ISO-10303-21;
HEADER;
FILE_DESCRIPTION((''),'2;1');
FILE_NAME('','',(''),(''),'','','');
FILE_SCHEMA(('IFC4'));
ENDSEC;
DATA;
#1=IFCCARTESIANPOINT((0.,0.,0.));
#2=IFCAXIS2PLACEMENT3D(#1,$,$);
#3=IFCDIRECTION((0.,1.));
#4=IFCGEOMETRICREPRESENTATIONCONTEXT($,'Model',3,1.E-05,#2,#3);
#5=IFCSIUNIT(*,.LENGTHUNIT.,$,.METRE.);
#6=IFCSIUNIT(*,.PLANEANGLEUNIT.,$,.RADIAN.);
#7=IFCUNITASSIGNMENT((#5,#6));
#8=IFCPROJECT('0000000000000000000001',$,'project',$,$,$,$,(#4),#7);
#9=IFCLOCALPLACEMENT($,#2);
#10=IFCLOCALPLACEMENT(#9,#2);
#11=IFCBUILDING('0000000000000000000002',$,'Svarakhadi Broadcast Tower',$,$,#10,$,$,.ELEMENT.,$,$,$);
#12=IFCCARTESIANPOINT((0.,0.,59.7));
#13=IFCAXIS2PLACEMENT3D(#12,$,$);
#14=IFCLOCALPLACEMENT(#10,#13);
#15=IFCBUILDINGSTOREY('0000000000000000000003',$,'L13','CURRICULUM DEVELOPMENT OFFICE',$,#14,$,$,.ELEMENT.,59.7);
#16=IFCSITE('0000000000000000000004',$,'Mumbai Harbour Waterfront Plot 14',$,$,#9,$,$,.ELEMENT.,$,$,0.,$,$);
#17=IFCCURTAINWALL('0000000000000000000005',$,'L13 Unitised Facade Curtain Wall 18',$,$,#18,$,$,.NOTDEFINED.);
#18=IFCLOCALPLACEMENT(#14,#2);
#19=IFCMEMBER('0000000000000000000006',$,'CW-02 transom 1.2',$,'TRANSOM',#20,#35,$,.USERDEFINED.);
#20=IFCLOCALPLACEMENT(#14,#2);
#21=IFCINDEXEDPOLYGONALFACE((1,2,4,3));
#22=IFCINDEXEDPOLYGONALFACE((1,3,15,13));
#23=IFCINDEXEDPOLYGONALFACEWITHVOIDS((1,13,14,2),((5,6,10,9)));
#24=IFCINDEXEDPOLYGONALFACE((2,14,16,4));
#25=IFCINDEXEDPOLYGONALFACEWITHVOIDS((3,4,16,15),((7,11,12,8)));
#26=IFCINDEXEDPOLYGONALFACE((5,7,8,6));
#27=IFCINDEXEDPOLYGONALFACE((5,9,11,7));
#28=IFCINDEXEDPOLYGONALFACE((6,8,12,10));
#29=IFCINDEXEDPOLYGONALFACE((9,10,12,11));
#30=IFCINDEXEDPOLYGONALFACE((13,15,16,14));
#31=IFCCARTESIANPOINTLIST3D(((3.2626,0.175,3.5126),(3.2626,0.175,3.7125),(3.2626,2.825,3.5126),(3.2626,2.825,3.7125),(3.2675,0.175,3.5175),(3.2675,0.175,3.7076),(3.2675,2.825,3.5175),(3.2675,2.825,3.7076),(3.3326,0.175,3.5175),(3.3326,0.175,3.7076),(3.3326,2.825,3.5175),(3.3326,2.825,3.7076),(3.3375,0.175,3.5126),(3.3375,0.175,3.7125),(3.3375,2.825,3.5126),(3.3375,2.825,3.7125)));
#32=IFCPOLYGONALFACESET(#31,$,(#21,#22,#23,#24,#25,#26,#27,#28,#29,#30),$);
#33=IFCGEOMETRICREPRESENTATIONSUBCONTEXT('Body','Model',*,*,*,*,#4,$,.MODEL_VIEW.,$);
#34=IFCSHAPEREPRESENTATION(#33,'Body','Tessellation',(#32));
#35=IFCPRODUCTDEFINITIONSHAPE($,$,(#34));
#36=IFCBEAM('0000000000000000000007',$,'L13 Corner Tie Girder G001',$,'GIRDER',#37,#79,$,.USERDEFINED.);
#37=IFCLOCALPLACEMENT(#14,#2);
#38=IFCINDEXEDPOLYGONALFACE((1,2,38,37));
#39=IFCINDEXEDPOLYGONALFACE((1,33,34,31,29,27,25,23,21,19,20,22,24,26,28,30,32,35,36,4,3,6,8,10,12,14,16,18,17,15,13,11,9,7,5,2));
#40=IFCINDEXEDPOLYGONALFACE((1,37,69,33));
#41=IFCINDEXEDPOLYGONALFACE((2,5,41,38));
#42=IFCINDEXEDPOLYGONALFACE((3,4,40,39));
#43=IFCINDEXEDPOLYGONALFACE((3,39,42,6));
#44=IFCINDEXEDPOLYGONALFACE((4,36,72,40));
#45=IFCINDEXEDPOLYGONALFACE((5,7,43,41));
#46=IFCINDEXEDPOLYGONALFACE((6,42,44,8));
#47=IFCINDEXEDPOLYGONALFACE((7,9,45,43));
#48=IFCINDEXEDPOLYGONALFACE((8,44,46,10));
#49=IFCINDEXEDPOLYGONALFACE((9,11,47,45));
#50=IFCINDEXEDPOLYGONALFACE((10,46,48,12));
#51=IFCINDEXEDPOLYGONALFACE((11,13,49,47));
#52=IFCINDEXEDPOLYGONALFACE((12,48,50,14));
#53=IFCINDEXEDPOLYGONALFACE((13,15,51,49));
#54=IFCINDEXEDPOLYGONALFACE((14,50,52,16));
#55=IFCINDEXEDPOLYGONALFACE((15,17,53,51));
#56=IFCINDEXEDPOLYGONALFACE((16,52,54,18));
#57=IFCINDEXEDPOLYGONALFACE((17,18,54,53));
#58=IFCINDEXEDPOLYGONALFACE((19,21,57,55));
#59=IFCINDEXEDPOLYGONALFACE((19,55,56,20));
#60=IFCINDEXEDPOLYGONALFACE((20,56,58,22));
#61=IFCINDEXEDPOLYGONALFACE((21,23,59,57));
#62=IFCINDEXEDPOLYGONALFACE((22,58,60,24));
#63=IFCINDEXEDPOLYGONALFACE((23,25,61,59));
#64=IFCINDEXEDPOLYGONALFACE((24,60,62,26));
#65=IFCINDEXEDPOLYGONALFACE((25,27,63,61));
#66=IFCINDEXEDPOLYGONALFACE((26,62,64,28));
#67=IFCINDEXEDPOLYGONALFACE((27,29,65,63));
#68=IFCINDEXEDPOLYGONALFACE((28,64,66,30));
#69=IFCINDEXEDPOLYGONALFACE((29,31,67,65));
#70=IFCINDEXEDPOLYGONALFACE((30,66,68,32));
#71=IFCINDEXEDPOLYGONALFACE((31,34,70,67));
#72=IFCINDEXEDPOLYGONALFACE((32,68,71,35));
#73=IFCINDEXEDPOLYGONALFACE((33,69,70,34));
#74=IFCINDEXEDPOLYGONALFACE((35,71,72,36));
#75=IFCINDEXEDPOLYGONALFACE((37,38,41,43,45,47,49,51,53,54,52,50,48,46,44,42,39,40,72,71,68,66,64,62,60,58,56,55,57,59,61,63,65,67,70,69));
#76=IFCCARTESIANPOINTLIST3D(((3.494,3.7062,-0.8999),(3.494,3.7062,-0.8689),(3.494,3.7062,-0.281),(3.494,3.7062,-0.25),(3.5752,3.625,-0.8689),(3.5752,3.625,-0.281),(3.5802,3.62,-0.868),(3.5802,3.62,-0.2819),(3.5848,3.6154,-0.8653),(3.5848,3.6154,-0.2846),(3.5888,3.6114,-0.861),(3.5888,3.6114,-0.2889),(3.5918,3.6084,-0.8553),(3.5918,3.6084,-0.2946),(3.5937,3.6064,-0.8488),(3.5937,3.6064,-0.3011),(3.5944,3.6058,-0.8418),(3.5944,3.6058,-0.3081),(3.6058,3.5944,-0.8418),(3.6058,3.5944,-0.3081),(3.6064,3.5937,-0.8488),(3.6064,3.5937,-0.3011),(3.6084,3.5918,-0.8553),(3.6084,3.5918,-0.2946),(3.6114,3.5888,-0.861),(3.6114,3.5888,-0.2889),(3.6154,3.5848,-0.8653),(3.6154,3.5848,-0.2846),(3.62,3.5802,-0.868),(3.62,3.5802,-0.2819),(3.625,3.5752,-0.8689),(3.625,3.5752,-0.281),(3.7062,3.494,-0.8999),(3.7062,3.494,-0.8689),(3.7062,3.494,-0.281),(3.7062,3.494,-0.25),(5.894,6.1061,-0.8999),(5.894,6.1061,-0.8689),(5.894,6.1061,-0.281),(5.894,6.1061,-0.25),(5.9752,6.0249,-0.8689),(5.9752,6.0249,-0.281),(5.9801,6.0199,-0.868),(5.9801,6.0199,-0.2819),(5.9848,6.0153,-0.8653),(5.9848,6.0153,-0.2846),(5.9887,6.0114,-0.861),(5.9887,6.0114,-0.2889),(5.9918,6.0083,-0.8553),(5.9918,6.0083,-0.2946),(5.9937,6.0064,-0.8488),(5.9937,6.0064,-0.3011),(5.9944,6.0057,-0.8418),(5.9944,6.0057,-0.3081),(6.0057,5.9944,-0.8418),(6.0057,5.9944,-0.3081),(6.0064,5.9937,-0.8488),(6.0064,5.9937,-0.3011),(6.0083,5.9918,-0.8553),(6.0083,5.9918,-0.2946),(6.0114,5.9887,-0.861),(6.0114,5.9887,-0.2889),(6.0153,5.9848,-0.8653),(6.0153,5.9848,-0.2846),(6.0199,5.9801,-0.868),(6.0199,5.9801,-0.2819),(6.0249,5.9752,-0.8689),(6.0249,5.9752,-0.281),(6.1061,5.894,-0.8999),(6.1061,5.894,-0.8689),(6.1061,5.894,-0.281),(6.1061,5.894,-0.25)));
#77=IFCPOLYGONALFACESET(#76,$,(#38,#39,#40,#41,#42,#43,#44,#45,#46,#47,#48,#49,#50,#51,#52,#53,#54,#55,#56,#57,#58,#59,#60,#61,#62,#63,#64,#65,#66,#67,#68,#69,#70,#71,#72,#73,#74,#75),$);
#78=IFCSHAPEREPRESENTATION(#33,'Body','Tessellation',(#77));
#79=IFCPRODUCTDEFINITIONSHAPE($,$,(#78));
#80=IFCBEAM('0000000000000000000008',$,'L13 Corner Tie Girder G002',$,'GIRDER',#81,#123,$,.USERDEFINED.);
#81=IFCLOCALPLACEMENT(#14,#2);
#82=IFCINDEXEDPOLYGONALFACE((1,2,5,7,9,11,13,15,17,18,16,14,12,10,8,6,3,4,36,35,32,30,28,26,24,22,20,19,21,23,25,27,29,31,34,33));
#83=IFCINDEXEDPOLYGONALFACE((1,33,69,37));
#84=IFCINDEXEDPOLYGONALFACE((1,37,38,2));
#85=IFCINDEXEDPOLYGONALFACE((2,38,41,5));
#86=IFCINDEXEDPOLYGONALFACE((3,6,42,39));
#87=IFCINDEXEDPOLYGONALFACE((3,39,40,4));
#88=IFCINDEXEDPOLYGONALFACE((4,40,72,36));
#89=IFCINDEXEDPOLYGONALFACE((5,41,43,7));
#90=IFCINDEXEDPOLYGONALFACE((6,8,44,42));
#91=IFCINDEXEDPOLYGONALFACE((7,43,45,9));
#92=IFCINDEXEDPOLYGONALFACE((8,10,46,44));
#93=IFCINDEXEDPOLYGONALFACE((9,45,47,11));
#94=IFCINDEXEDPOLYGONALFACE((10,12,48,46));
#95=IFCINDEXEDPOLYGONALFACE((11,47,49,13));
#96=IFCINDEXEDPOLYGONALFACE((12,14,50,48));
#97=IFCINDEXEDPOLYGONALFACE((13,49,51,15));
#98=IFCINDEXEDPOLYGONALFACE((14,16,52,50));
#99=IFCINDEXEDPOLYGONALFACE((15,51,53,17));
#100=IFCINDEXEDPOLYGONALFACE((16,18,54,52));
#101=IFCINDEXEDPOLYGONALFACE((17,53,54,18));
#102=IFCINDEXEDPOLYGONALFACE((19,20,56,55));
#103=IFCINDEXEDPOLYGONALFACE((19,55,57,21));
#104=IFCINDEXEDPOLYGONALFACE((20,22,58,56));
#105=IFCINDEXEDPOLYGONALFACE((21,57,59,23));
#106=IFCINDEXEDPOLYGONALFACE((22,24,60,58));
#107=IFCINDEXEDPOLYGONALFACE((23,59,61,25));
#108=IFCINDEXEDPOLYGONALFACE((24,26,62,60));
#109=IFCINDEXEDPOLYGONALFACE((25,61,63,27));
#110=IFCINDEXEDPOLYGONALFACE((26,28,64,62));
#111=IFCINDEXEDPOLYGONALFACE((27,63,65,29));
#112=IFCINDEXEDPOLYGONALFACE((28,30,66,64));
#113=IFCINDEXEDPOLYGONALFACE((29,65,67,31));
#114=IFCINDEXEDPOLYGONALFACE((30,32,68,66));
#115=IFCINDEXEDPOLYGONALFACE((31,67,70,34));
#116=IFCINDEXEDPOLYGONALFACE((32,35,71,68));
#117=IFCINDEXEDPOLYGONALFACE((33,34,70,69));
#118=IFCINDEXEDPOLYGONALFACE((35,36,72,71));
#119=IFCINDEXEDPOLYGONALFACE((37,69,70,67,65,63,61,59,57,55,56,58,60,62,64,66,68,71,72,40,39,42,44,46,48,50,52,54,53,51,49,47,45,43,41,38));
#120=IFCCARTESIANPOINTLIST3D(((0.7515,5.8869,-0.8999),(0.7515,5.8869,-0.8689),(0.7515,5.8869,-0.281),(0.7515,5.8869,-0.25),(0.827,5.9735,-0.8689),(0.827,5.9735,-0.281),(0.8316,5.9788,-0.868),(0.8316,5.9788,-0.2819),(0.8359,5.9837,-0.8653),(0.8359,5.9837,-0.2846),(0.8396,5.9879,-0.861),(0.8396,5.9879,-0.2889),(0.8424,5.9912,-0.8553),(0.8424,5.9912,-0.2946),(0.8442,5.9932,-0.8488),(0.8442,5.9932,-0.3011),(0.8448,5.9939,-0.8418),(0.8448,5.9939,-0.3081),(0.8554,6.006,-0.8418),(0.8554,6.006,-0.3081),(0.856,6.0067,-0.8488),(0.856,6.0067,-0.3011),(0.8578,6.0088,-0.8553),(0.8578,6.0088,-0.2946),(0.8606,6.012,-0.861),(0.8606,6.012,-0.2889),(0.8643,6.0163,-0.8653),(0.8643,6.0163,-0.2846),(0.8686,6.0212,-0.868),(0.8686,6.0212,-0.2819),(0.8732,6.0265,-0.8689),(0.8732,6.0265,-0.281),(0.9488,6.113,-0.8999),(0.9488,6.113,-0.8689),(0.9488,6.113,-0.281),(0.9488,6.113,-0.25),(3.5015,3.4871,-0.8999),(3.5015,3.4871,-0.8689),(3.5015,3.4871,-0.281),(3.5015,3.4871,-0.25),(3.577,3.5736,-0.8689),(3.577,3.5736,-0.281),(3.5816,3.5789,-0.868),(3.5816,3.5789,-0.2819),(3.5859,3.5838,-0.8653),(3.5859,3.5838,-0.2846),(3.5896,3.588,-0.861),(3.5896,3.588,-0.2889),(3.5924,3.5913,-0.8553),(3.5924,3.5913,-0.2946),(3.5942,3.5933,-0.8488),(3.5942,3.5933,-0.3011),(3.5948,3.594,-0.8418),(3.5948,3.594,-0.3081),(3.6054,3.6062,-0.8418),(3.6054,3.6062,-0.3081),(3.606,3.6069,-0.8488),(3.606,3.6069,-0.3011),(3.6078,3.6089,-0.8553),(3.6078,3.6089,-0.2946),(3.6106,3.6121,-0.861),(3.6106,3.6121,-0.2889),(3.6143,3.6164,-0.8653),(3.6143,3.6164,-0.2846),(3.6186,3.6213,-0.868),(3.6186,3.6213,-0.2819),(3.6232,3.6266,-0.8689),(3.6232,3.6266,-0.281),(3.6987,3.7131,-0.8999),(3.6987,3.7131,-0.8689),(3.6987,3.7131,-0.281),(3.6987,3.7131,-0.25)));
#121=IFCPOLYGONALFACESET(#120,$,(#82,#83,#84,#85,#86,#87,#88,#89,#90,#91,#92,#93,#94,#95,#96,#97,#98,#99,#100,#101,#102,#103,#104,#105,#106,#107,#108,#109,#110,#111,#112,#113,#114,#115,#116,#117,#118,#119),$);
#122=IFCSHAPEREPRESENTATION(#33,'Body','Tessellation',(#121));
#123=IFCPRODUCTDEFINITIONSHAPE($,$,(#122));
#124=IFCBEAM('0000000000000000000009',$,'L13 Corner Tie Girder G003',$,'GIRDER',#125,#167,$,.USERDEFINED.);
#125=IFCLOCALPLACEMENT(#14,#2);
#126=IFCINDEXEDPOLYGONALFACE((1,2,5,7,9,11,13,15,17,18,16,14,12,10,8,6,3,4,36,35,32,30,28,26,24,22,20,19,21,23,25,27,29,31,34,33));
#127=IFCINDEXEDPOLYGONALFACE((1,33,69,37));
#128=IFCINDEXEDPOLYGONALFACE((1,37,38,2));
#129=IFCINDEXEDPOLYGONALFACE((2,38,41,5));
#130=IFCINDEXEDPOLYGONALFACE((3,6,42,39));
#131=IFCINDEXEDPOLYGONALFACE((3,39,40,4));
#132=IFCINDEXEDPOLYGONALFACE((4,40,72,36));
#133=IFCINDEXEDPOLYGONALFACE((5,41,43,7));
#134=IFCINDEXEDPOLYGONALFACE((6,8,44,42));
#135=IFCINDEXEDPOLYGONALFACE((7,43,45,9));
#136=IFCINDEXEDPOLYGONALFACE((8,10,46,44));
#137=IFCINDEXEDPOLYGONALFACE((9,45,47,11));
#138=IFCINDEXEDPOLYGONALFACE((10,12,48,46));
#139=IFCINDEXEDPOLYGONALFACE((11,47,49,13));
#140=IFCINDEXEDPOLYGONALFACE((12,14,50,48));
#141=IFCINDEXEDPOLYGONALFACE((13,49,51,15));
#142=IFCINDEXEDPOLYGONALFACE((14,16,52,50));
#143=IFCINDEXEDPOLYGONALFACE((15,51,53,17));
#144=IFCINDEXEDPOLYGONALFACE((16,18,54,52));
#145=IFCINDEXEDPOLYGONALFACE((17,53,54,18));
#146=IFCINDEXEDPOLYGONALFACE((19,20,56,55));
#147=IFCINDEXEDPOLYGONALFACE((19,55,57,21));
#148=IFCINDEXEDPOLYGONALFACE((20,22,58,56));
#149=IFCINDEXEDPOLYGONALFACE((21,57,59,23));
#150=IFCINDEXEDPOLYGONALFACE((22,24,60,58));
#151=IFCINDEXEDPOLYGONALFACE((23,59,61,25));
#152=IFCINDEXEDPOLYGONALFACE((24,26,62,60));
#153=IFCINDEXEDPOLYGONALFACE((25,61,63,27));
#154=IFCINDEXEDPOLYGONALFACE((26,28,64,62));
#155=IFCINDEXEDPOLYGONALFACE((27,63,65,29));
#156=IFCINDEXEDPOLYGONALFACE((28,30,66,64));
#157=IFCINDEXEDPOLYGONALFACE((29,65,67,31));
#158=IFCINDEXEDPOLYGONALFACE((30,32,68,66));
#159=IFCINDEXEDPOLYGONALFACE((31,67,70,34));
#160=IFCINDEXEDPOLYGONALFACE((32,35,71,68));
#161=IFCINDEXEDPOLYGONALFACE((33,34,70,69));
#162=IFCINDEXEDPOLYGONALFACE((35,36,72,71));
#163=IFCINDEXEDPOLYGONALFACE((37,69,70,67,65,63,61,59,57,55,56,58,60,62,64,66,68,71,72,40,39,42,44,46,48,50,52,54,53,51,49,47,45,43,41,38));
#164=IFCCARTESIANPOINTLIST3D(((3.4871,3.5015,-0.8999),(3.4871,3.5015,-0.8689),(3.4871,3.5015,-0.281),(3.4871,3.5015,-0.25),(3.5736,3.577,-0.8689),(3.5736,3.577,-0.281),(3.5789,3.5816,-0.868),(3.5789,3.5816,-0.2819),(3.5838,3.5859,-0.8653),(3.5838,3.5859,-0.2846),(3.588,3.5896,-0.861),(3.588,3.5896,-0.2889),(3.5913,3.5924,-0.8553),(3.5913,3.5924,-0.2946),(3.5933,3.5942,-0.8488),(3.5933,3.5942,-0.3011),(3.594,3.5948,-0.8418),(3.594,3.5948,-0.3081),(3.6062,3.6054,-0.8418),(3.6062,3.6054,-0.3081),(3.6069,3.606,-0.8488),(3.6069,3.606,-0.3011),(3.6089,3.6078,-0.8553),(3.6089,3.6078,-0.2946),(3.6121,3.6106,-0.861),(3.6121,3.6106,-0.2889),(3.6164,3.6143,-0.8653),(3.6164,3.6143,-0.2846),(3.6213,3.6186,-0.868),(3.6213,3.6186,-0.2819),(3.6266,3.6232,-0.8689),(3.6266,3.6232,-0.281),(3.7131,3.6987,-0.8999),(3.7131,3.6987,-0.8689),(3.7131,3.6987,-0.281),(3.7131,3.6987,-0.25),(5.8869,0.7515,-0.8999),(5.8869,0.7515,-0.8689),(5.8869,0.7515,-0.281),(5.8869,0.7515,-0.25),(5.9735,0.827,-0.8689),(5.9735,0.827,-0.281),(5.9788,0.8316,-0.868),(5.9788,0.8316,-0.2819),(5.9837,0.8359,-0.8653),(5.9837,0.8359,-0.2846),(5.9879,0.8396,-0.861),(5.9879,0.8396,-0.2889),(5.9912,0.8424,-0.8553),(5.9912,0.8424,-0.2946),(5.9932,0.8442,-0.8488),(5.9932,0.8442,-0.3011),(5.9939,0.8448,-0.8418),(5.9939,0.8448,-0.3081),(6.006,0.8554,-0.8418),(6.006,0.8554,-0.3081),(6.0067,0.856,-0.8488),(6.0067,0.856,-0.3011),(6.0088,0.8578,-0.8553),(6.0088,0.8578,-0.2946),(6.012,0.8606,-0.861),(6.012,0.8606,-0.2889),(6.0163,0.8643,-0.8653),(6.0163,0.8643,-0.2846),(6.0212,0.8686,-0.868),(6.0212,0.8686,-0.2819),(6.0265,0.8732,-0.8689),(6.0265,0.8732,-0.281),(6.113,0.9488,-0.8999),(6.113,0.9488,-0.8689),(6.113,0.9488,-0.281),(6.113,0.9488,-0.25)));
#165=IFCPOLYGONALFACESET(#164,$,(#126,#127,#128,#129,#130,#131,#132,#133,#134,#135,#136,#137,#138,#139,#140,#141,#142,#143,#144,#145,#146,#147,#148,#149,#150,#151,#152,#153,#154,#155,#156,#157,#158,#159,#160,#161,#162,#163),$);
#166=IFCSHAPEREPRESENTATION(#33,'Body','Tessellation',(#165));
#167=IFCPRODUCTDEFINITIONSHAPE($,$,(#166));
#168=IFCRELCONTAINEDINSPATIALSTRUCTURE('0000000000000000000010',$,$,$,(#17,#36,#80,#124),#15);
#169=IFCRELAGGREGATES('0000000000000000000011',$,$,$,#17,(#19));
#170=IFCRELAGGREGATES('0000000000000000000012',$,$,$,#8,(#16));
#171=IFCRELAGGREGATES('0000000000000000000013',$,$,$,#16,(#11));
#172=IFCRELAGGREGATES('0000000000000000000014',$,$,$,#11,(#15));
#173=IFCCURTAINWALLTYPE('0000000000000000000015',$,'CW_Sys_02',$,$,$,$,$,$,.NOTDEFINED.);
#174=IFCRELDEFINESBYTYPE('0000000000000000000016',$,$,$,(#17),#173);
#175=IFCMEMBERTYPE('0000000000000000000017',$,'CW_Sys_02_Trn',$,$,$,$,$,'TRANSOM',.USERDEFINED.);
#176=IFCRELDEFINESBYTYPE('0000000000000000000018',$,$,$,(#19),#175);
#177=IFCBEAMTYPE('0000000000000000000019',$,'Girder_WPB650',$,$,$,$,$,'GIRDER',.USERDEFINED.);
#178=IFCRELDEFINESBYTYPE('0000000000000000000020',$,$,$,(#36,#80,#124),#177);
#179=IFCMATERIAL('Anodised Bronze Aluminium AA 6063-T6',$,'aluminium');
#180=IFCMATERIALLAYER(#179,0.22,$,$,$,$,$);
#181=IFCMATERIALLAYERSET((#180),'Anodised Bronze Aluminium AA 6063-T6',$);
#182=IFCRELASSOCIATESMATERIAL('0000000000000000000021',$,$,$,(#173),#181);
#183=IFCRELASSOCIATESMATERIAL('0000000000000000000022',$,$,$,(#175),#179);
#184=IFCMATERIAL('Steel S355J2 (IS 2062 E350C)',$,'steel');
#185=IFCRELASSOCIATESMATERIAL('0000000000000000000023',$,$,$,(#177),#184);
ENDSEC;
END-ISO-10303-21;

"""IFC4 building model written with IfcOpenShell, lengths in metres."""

from ifc_helpers import new_model, si_unit, direction, frame, origin, origin_2d, place, context, subcontext, project, spatial, hollow_rectangle, i_section, extrude, material, layer, layer_set, material_profile, profile_set, type_object, element, aggregate, save


model = new_model("IFC4")

# Units and contexts
model_context = context("Model", 3, precision=1e-05, world=origin(), true_north=direction((0.0, 1.0)))
body_context = subcontext(model_context, "Body", "Model", "MODEL_VIEW")
ifc_project = project(units=[si_unit("LENGTHUNIT", "METRE"), si_unit("PLANEANGLEUNIT", "RADIAN")], contexts=[model_context])

# Site, building, storey
site_placement = place(None, origin())
site = spatial("IfcSite", under=ifc_project, at=site_placement, Name="Mumbai Harbour Waterfront Plot 14", CompositionType="ELEMENT", RefElevation=0.0)
building_placement = place(site_placement, origin())
building = spatial("IfcBuilding", under=site, at=building_placement, Name="Svarakhadi Broadcast Tower", CompositionType="ELEMENT")
storey_placement = place(building_placement, frame((0.0, 0.0, 59.7)))
storey = spatial("IfcBuildingStorey", under=building, at=storey_placement, Name="L13", Description="CURRICULUM DEVELOPMENT OFFICE", CompositionType="ELEMENT", Elevation=59.7)

# Shared definitions
ifc_material_1 = material(Name="Anodised Bronze Aluminium AA 6063-T6", Category="aluminium")
ifc_layer_1 = layer(ifc_material_1, 0.22)
ifc_layer_set_1 = layer_set([ifc_layer_1], Name="Anodised Bronze Aluminium AA 6063-T6")
curtain_wall_type = type_object("IfcCurtainWallType", Name="CW_Sys_02", PredefinedType="NOTDEFINED", material=ifc_layer_set_1)

# Curtain wall
curtain_wall_1_placement = place(storey_placement, origin())
curtain_wall_1 = element("IfcCurtainWall", 1, at=curtain_wall_1_placement, inside=storey, type_object=curtain_wall_type, Name="L13 Unitised Facade Curtain Wall 18", PredefinedType="NOTDEFINED")

# Member
ifc_material_profile_1 = material_profile(ifc_material_1, hollow_rectangle(XDim=0.075, YDim=0.2, WallThickness=0.0049, at=origin_2d()), Name="ALU TRANSOM 200x75x5")
ifc_profile_set_1 = profile_set([ifc_material_profile_1], Name="Anodised Bronze Aluminium AA 6063-T6")
member_type_1 = type_object("IfcMemberType", Name="CW_Sys_02_Trn", ElementType="TRANSOM", PredefinedType="USERDEFINED", material=ifc_profile_set_1)
member_1_placement = place(storey_placement, frame((3.3, 0.175, 3.6125), z_axis=(0.0, 1.0, 0.0), x_axis=(-1.0, 0.0, 0.0)))
member_1 = element("IfcMember", 2, at=member_1_placement, type_object=member_type_1, Name="CW-02 transom 1.2", ObjectType="TRANSOM", PredefinedType="USERDEFINED", context=body_context, shape_type="SweptSolid", body=[
    extrude(hollow_rectangle(XDim=0.075, YDim=0.2, WallThickness=0.0049, at=origin_2d()), origin(), (0.0, 0.0, 1.0), 2.6499),
])

# Beams
ifc_material_2 = material(Name="Steel S355J2 (IS 2062 E350C)", Category="steel")
ifc_material_profile_2 = material_profile(ifc_material_2, i_section(OverallWidth=0.3, OverallDepth=0.6499, WebThickness=0.0161, FlangeThickness=0.031, FilletRadius=0.0271, at=origin_2d()), Name="WPB 650x300x225")
ifc_profile_set_2 = profile_set([ifc_material_profile_2], Name="Steel S355J2 (IS 2062 E350C)")
beam_type = type_object("IfcBeamType", Name="Girder_WPB650", ElementType="GIRDER", PredefinedType="USERDEFINED", material=ifc_profile_set_2)
beam_1_placement = place(storey_placement, frame((3.6001, 3.6001, -0.575), z_axis=(0.707107, 0.707107, 0.0), x_axis=(-0.707107, 0.707107, 0.0)))
element("IfcBeam", 3, at=beam_1_placement, inside=storey, type_object=beam_type, Name="L13 Corner Tie Girder G001", ObjectType="GIRDER", PredefinedType="USERDEFINED", context=body_context, shape_type="SweptSolid", body=[
    extrude(i_section(OverallWidth=0.3, OverallDepth=0.6499, WebThickness=0.0161, FlangeThickness=0.031, FilletRadius=0.0271, at=origin_2d()), origin(), (0.0, 0.0, 1.0), 3.394),
])
for number, where, z_axis, x_axis, name in (
    (4, (3.6001, 3.6001, -0.575), (-0.753438, 0.657519, 0.0), (-0.657519, -0.753438, 0.0), "L13 Corner Tie Girder G002"),
    (5, (3.6001, 3.6001, -0.575), (0.657519, -0.753438, 0.0), (0.753438, 0.657519, 0.0), "L13 Corner Tie Girder G003"),
):
    element("IfcBeam", number, at=place(storey_placement, frame(where, z_axis=z_axis, x_axis=x_axis)), inside=storey, type_object=beam_type, Name=name, ObjectType="GIRDER", PredefinedType="USERDEFINED", context=body_context, shape_type="SweptSolid", body=[
        extrude(i_section(OverallWidth=0.3, OverallDepth=0.6499, WebThickness=0.0161, FlangeThickness=0.031, FilletRadius=0.0271, at=origin_2d()), origin(), (0.0, 0.0, 1.0), 3.6499),
    ])

aggregate(curtain_wall_1, [member_1])

save(model, "model.ifc")
